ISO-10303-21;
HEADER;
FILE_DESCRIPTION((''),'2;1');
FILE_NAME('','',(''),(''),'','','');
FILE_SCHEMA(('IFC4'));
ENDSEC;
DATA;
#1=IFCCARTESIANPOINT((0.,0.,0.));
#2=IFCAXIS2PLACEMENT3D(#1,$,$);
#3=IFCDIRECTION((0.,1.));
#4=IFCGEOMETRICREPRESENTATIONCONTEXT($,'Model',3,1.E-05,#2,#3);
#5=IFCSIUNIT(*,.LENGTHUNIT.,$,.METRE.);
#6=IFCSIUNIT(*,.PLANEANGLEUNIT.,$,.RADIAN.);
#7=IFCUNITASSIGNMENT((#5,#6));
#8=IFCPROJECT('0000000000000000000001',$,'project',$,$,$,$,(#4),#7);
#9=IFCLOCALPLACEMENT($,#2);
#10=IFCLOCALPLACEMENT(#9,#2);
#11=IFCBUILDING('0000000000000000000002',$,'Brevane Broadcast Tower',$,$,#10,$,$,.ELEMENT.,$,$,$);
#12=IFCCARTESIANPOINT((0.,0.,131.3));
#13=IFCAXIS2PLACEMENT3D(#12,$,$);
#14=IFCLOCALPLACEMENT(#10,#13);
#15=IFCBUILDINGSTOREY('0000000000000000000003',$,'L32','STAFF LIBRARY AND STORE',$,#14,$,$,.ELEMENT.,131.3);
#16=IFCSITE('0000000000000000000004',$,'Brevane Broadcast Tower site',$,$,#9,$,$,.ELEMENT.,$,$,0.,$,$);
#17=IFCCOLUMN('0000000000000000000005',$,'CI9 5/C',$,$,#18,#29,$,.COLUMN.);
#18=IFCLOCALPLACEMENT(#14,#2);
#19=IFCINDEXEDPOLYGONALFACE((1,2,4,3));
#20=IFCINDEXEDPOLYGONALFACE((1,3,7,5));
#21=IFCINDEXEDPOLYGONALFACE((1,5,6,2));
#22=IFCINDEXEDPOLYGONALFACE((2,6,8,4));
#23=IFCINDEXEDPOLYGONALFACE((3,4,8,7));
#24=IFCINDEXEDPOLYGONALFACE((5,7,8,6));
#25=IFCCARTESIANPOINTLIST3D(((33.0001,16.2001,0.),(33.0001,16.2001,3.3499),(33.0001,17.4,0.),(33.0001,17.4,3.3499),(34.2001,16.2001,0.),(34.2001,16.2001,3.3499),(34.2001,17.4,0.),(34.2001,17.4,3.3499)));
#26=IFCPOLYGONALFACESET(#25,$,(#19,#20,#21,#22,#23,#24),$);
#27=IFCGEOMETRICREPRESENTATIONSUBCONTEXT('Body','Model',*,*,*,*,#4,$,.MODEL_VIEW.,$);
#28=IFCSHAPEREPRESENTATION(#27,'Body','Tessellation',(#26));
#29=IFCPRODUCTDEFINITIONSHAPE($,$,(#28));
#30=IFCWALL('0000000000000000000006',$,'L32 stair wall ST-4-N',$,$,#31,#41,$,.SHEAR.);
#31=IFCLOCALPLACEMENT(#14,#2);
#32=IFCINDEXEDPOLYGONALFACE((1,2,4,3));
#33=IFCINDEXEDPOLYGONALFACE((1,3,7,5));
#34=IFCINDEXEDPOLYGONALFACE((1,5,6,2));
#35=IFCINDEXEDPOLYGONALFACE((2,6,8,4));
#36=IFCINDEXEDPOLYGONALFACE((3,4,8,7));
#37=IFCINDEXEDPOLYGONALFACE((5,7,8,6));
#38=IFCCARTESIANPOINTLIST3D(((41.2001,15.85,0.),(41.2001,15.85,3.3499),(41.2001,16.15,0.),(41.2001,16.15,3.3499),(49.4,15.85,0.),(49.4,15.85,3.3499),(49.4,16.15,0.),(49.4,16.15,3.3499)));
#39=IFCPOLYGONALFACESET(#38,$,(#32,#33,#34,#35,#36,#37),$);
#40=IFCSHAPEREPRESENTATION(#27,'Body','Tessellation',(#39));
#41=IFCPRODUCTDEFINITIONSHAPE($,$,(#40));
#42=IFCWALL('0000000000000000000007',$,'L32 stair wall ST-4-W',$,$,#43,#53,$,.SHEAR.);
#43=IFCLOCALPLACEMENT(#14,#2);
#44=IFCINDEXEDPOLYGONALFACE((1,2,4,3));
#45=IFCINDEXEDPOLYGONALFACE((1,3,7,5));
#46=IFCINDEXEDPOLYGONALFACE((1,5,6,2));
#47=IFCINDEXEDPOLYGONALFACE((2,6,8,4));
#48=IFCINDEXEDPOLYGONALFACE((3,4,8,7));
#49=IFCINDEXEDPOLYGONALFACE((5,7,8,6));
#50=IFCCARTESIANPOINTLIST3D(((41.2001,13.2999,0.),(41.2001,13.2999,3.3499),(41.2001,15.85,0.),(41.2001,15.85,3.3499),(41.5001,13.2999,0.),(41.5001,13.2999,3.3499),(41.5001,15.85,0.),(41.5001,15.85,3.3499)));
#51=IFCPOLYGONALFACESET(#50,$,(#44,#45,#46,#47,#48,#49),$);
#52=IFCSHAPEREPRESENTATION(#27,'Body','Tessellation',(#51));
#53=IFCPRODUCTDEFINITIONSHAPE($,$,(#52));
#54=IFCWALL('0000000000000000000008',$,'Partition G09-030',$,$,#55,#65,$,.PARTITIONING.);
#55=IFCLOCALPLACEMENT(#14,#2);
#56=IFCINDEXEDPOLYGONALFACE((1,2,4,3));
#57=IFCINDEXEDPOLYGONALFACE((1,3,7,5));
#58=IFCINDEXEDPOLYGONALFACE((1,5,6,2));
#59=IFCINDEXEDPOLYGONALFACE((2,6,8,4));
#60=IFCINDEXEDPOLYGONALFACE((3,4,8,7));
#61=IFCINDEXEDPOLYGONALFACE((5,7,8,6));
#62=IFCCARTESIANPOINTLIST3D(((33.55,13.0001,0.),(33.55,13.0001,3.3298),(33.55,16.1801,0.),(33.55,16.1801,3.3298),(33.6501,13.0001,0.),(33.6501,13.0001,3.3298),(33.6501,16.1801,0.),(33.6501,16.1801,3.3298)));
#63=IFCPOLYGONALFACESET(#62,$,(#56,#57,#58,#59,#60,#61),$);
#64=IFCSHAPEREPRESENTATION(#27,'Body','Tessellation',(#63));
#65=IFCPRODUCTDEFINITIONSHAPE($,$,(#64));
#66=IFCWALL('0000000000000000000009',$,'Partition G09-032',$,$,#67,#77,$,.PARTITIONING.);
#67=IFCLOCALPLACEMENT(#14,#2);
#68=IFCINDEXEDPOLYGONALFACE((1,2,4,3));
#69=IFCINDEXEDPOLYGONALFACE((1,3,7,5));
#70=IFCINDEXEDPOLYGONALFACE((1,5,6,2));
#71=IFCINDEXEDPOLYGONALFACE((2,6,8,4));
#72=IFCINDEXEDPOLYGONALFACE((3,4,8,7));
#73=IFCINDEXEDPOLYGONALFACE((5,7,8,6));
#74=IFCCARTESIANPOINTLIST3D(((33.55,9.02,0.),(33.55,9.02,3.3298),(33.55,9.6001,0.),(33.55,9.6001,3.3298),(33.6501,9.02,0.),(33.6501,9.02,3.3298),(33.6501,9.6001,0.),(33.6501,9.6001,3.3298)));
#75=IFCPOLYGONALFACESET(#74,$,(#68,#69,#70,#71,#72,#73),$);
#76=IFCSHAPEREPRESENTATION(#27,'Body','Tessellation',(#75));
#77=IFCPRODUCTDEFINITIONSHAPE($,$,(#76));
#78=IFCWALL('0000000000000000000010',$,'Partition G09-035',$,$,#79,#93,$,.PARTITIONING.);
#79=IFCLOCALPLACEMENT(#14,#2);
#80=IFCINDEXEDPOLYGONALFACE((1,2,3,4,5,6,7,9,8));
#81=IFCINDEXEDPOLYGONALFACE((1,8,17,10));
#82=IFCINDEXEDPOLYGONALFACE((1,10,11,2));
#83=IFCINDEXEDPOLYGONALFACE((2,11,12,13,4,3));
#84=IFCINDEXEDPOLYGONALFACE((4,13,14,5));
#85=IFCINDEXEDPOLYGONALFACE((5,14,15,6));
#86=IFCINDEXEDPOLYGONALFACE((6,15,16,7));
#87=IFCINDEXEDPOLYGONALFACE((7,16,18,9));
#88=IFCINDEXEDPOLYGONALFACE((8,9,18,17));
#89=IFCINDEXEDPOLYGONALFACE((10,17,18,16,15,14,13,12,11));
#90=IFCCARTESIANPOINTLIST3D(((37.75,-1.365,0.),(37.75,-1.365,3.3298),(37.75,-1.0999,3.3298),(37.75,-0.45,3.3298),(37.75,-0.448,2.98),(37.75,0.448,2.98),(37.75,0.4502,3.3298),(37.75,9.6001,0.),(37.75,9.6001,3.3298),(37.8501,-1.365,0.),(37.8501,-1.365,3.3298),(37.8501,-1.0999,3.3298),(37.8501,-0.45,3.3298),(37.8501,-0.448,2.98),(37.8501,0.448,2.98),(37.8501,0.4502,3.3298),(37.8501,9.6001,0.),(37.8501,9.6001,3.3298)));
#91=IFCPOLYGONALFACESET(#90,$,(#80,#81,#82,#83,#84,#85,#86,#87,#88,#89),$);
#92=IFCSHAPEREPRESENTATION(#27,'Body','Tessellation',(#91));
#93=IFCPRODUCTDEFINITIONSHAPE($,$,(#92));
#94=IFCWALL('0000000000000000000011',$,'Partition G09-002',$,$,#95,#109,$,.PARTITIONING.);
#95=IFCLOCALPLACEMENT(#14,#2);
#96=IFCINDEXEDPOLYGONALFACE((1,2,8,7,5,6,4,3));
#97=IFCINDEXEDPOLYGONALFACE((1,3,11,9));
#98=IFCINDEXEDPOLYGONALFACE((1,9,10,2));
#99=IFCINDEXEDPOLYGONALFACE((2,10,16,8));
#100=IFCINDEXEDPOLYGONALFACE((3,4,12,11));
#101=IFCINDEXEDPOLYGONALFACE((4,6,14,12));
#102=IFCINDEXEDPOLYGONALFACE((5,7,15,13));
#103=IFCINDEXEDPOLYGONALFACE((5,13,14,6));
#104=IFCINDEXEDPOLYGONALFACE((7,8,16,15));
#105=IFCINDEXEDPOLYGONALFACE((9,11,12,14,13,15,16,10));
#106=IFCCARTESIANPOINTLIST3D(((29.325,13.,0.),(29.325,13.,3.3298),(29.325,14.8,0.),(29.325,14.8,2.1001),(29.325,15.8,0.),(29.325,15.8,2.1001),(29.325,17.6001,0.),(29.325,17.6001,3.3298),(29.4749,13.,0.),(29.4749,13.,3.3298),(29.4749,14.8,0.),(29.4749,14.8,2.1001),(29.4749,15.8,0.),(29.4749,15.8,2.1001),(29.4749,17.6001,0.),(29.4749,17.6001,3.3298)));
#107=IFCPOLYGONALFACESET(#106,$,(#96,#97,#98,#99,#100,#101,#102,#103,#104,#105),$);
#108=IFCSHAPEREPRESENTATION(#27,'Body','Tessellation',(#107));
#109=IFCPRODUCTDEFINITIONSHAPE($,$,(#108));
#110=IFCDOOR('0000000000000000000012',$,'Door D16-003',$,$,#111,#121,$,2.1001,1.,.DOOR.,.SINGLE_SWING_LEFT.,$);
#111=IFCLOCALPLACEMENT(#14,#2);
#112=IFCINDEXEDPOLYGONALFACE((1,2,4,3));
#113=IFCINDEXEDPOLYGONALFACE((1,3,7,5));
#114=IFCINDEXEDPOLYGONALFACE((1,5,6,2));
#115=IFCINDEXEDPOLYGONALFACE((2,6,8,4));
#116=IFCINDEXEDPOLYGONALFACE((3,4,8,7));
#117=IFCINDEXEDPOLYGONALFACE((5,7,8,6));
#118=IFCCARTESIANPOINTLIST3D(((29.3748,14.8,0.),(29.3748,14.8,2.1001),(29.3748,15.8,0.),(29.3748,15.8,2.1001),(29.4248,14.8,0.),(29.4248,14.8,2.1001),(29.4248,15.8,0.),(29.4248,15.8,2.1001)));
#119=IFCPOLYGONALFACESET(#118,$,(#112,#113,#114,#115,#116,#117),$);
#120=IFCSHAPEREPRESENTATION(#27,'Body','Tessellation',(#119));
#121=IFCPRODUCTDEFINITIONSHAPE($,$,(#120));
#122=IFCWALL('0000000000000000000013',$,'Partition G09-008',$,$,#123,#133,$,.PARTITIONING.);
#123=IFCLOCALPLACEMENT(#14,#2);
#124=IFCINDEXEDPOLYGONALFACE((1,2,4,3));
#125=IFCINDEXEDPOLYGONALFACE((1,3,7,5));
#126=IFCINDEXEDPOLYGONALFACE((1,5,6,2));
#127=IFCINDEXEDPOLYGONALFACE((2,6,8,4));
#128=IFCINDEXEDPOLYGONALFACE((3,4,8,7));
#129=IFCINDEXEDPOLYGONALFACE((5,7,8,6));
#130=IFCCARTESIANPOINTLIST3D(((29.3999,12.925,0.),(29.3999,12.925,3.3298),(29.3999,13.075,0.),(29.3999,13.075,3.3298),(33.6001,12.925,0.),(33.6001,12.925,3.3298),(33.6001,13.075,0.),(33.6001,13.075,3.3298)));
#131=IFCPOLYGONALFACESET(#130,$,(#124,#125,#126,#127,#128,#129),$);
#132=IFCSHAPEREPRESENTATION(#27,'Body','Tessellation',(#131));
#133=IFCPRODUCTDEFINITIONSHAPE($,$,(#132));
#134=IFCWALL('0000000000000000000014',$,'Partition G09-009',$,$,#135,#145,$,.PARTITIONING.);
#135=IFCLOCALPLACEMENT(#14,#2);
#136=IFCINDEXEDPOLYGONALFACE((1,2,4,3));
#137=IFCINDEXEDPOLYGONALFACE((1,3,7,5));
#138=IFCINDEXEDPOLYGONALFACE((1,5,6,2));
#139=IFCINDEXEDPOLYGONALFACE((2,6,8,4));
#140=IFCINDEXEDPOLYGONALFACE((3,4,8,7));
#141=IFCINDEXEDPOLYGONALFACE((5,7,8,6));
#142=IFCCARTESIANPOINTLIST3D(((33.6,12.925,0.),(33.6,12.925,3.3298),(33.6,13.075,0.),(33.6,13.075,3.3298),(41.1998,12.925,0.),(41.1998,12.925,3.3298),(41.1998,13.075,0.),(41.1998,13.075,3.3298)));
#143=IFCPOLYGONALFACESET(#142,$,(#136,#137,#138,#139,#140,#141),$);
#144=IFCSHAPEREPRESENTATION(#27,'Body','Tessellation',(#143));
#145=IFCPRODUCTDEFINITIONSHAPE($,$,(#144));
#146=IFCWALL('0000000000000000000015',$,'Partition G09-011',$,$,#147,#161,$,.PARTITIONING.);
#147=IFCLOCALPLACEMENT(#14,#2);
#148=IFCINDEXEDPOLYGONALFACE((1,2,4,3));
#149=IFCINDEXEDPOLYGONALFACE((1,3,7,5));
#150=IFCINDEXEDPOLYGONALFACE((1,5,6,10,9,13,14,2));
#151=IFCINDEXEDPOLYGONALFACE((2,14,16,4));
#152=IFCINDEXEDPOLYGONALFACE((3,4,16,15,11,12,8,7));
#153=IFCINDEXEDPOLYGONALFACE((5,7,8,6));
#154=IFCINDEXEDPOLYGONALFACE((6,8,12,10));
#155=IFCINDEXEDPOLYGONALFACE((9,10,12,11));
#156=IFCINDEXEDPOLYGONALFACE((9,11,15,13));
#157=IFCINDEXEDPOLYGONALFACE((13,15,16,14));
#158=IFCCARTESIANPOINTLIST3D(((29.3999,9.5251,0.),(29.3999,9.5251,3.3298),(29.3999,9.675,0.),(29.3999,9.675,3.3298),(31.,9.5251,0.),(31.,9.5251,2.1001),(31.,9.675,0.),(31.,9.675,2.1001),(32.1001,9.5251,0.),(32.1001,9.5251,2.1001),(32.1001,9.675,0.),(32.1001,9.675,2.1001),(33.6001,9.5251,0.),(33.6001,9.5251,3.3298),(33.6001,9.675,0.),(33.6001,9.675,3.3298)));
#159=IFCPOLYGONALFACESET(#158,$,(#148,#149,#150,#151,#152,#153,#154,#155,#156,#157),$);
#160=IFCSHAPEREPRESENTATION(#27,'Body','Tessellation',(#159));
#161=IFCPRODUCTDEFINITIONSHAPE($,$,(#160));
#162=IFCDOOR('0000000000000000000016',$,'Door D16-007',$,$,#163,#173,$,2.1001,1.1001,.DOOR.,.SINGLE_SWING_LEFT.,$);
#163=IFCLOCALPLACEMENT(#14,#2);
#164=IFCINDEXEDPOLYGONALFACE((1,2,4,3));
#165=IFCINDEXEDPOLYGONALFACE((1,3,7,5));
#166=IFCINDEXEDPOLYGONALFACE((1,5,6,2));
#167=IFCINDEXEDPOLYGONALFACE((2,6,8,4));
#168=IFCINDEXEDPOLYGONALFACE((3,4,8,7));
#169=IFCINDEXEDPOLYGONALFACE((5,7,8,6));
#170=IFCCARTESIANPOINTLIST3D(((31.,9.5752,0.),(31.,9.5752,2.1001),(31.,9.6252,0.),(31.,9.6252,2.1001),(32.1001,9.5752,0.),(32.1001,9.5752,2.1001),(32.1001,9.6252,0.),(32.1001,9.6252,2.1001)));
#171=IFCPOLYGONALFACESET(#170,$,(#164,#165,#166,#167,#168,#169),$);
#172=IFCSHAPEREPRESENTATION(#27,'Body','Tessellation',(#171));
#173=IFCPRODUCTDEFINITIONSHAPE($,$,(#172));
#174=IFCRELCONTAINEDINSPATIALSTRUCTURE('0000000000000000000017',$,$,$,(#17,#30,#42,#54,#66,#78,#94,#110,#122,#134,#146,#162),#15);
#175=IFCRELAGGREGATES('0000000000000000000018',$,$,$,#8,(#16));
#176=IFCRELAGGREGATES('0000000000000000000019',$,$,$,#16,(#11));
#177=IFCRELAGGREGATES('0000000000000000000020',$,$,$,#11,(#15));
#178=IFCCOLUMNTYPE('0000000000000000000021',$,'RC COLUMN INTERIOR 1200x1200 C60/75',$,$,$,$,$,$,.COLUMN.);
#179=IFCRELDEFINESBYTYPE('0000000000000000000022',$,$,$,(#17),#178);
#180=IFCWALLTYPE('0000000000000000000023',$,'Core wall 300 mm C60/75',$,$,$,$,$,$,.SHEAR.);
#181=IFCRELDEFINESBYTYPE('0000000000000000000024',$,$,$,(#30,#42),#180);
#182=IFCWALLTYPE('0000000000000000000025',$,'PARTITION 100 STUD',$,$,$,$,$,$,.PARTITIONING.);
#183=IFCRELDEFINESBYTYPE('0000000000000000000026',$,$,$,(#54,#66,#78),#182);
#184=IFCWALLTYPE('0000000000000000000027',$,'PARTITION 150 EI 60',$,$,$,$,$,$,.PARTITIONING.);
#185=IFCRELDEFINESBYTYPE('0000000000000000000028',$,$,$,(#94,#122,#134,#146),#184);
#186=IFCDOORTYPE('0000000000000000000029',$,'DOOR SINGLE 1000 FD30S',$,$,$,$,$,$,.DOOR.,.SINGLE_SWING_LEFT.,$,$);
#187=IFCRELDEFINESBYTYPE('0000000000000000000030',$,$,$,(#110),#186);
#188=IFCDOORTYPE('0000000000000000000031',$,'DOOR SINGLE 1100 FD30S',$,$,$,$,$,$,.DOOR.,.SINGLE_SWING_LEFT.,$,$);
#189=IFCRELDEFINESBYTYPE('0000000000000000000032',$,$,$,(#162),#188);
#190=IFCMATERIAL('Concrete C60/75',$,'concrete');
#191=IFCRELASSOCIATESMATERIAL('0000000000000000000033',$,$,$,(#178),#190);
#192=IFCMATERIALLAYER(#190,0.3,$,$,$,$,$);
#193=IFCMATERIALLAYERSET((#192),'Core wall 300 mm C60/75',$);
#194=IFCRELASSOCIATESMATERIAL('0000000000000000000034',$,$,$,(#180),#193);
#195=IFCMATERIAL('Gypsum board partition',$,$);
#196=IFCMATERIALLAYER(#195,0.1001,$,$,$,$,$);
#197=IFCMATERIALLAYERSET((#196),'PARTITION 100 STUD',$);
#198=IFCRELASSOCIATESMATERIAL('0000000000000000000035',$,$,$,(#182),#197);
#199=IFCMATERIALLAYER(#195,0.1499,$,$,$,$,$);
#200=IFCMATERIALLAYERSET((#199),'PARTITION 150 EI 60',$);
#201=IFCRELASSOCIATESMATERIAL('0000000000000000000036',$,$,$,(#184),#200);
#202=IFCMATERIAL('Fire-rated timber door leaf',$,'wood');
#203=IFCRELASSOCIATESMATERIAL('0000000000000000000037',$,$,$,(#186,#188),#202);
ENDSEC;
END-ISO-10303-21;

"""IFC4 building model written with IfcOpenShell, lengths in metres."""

from ifc_helpers import new_model, si_unit, direction, frame, frame_2d, origin, origin_2d, place, context, subcontext, project, spatial, polyline, rectangle, outline, extrude, material, layer, layer_set, material_profile, profile_set, type_object, element, fill, save


model = new_model("IFC4")

# Units and contexts
model_context = context("Model", 3, precision=1e-05, world=origin(), true_north=direction((0.0, 1.0)))
body_context = subcontext(model_context, "Body", "Model", "MODEL_VIEW")
ifc_project = project(units=[si_unit("LENGTHUNIT", "METRE"), si_unit("PLANEANGLEUNIT", "RADIAN")], contexts=[model_context])

# Site, building, storey
site_placement = place(None, origin())
site = spatial("IfcSite", under=ifc_project, at=site_placement, Name="Brevane Broadcast Tower site", CompositionType="ELEMENT", RefElevation=0.0)
building_placement = place(site_placement, origin())
building = spatial("IfcBuilding", under=site, at=building_placement, Name="Brevane Broadcast Tower", CompositionType="ELEMENT")
storey_placement = place(building_placement, frame((0.0, 0.0, 131.3)))
storey = spatial("IfcBuildingStorey", under=building, at=storey_placement, Name="L32", Description="STAFF LIBRARY AND STORE", CompositionType="ELEMENT", Elevation=131.3)

# Column
ifc_material_1 = material(Name="Concrete C60/75", Category="concrete")
ifc_material_profile = material_profile(ifc_material_1, rectangle(XDim=1.2, YDim=1.2, at=origin_2d()), Name="RC 1200x1200")
ifc_profile_set = profile_set([ifc_material_profile], Name="Concrete C60/75")
column_type = type_object("IfcColumnType", Name="RC COLUMN INTERIOR 1200x1200 C60/75", PredefinedType="COLUMN", material=ifc_profile_set)
column_placement = place(storey_placement, frame((33.6001, 16.8, 0.0), z_axis=(0.0, 0.0, 1.0), x_axis=(1.0, 0.0, 0.0)))
element("IfcColumn", 1, at=column_placement, inside=storey, type_object=column_type, Name="CI9 5/C", PredefinedType="COLUMN", context=body_context, shape_type="SweptSolid", body=[
    extrude(rectangle(XDim=1.2, YDim=1.2, at=origin_2d()), origin(), (0.0, 0.0, 1.0), 3.3499),
])

# Walls
ifc_layer_1 = layer(ifc_material_1, 0.3)
ifc_layer_set_1 = layer_set([ifc_layer_1], Name="Core wall 300 mm C60/75")
wall_type_1 = type_object("IfcWallType", Name="Core wall 300 mm C60/75", PredefinedType="SHEAR", material=ifc_layer_set_1)
wall_1_placement = place(storey_placement, frame((41.2, 16.0, 0.0), z_axis=(0.0, 0.0, 1.0), x_axis=(1.0, 0.0, 0.0)))
element("IfcWall", 2, at=wall_1_placement, inside=storey, type_object=wall_type_1, Name="L32 stair wall ST-4-N", PredefinedType="SHEAR", context=body_context, shape_type="SweptSolid", body=[
    extrude(rectangle(XDim=8.2, YDim=0.3, at=frame_2d((4.1001, 0.0))), origin(), (0.0, 0.0, 1.0), 3.3499),
])
wall_2_placement = place(storey_placement, frame((41.3501, 13.3, 0.0), z_axis=(0.0, 0.0, 1.0), x_axis=(0.0, 1.0, 0.0)))
element("IfcWall", 3, at=wall_2_placement, inside=storey, type_object=wall_type_1, Name="L32 stair wall ST-4-W", PredefinedType="SHEAR", context=body_context, shape_type="SweptSolid", body=[
    extrude(rectangle(XDim=2.55, YDim=0.3, at=frame_2d((1.2749, 0.0))), origin(), (0.0, 0.0, 1.0), 3.3499),
])
ifc_material_2 = material(Name="Gypsum board partition")
ifc_layer_2 = layer(ifc_material_2, 0.1001)
ifc_layer_set_2 = layer_set([ifc_layer_2], Name="PARTITION 100 STUD")
wall_type_2 = type_object("IfcWallType", Name="PARTITION 100 STUD", PredefinedType="PARTITIONING", material=ifc_layer_set_2)
wall_3_placement = place(storey_placement, frame((33.6001, 16.1799, 0.0), z_axis=(0.0, 0.0, 1.0), x_axis=(0.0, -1.0, 0.0)))
element("IfcWall", 4, at=wall_3_placement, inside=storey, type_object=wall_type_2, Name="Partition G09-030", PredefinedType="PARTITIONING", context=body_context, shape_type="SweptSolid", body=[
    extrude(rectangle(XDim=3.1799, YDim=0.1001, at=frame_2d((1.5898, 0.0))), origin(), (0.0, 0.0, 1.0), 3.3298),
])
wall_4_placement = place(storey_placement, frame((33.6001, 9.6001, 0.0), z_axis=(0.0, 0.0, 1.0), x_axis=(0.0, -1.0, 0.0)))
element("IfcWall", 5, at=wall_4_placement, inside=storey, type_object=wall_type_2, Name="Partition G09-032", PredefinedType="PARTITIONING", context=body_context, shape_type="SweptSolid", body=[
    extrude(rectangle(XDim=0.5801, YDim=0.1001, at=frame_2d((0.29, 0.0))), origin(), (0.0, 0.0, 1.0), 3.3298),
])
wall_5_placement = place(storey_placement, frame((37.8, 9.6001, 0.0), z_axis=(0.0, 0.0, 1.0), x_axis=(0.0, -1.0, 0.0)))
element("IfcWall", 6, at=wall_5_placement, inside=storey, type_object=wall_type_2, Name="Partition G09-035", PredefinedType="PARTITIONING", context=body_context, shape_type="SweptSolid", body=[
    extrude(outline(polyline([(0.0, 0.0), (10.9651, 0.0), (10.9651, 3.3298), (10.7, 3.3298), (10.05, 3.3298), (10.0481, 2.98), (9.1521, 2.98), (9.1499, 3.3298), (0.0, 3.3298), (0.0, 0.0)])), frame((0.0, 0.05, 0.0), z_axis=(0.0, -1.0, 0.0), x_axis=(1.0, 0.0, 0.0)), (0.0, 0.0, 1.0), 0.1001),
])

# Wall, opening, door
ifc_layer_3 = layer(ifc_material_2, 0.1499)
ifc_layer_set_3 = layer_set([ifc_layer_3], Name="PARTITION 150 EI 60")
wall_type_3 = type_object("IfcWallType", Name="PARTITION 150 EI 60", PredefinedType="PARTITIONING", material=ifc_layer_set_3)
wall_6_placement = place(storey_placement, frame((29.3999, 17.6001, 0.0), z_axis=(0.0, 0.0, 1.0), x_axis=(0.0, -1.0, 0.0)))
wall_6 = element("IfcWall", 7, at=wall_6_placement, inside=storey, type_object=wall_type_3, Name="Partition G09-002", PredefinedType="PARTITIONING", context=body_context, shape_type="SweptSolid", body=[
    extrude(rectangle(XDim=4.6001, YDim=0.1499, at=frame_2d((2.3, 0.0))), origin(), (0.0, 0.0, 1.0), 3.3298),
])
opening_1_placement = place(wall_6_placement, frame((1.8, 0.0, 0.0)))
opening_1 = element("IfcOpeningElement", 8, at=opening_1_placement, cuts=wall_6, PredefinedType="OPENING", context=body_context, shape_type="SweptSolid", body=[
    extrude(rectangle(XDim=1.0, YDim=2.1001, at=frame_2d((0.5, 1.05))), frame((0.0, 0.085, 0.0), z_axis=(0.0, -1.0, 0.0), x_axis=(1.0, 0.0, 0.0)), (0.0, 0.0, 1.0), 0.1699),
])
ifc_material_3 = material(Name="Fire-rated timber door leaf", Category="wood")
door_type_1 = type_object("IfcDoorType", Name="DOOR SINGLE 1000 FD30S", OperationType="SINGLE_SWING_LEFT", PredefinedType="DOOR", material=ifc_material_3)
door_1_placement = place(opening_1_placement, origin())
door_1 = element("IfcDoor", 9, at=door_1_placement, inside=storey, type_object=door_type_1, Name="Door D16-003", OperationType="SINGLE_SWING_LEFT", OverallHeight=2.1001, OverallWidth=1.0, PredefinedType="DOOR", context=body_context, shape_type="SweptSolid", body=[
    extrude(rectangle(XDim=1.0, YDim=2.1001, at=frame_2d((0.5, 1.05))), frame((0.0, 0.0249, 0.0), z_axis=(0.0, -1.0, 0.0), x_axis=(1.0, 0.0, 0.0)), (0.0, 0.0, 1.0), 0.05),
])
fill(opening_1, door_1)

# Walls
wall_7_placement = place(storey_placement, frame((29.3999, 13.0, 0.0), z_axis=(0.0, 0.0, 1.0), x_axis=(1.0, 0.0, 0.0)))
element("IfcWall", 10, at=wall_7_placement, inside=storey, type_object=wall_type_3, Name="Partition G09-008", PredefinedType="PARTITIONING", context=body_context, shape_type="SweptSolid", body=[
    extrude(rectangle(XDim=4.2002, YDim=0.1499, at=frame_2d((2.1001, 0.0))), origin(), (0.0, 0.0, 1.0), 3.3298),
])
wall_8_placement = place(storey_placement, frame((33.6001, 13.0, 0.0), z_axis=(0.0, 0.0, 1.0), x_axis=(1.0, 0.0, 0.0)))
element("IfcWall", 11, at=wall_8_placement, inside=storey, type_object=wall_type_3, Name="Partition G09-009", PredefinedType="PARTITIONING", context=body_context, shape_type="SweptSolid", body=[
    extrude(rectangle(XDim=7.5999, YDim=0.1499, at=frame_2d((3.7998, 0.0))), origin(), (0.0, 0.0, 1.0), 3.3298),
])

# Wall, opening, door
wall_9_placement = place(storey_placement, frame((33.6001, 9.6001, 0.0), z_axis=(0.0, 0.0, 1.0), x_axis=(-1.0, 0.0, 0.0)))
wall_9 = element("IfcWall", 12, at=wall_9_placement, inside=storey, type_object=wall_type_3, Name="Partition G09-011", PredefinedType="PARTITIONING", context=body_context, shape_type="SweptSolid", body=[
    extrude(rectangle(XDim=4.2002, YDim=0.1499, at=frame_2d((2.1001, 0.0))), origin(), (0.0, 0.0, 1.0), 3.3298),
])
opening_2_placement = place(wall_9_placement, frame((1.5, 0.0, 0.0)))
opening_2 = element("IfcOpeningElement", 13, at=opening_2_placement, cuts=wall_9, PredefinedType="OPENING", context=body_context, shape_type="SweptSolid", body=[
    extrude(rectangle(XDim=1.1001, YDim=2.1001, at=frame_2d((0.55, 1.05))), frame((0.0, 0.085, 0.0), z_axis=(0.0, -1.0, 0.0), x_axis=(1.0, 0.0, 0.0)), (0.0, 0.0, 1.0), 0.1699),
])
door_type_2 = type_object("IfcDoorType", Name="DOOR SINGLE 1100 FD30S", OperationType="SINGLE_SWING_LEFT", PredefinedType="DOOR", material=ifc_material_3)
door_2_placement = place(opening_2_placement, origin())
door_2 = element("IfcDoor", 14, at=door_2_placement, inside=storey, type_object=door_type_2, Name="Door D16-007", OperationType="SINGLE_SWING_LEFT", OverallHeight=2.1001, OverallWidth=1.1001, PredefinedType="DOOR", context=body_context, shape_type="SweptSolid", body=[
    extrude(rectangle(XDim=1.1001, YDim=2.1001, at=frame_2d((0.55, 1.05))), frame((0.0, 0.0249, 0.0), z_axis=(0.0, -1.0, 0.0), x_axis=(1.0, 0.0, 0.0)), (0.0, 0.0, 1.0), 0.05),
])
fill(opening_2, door_2)

save(model, "model.ifc")
